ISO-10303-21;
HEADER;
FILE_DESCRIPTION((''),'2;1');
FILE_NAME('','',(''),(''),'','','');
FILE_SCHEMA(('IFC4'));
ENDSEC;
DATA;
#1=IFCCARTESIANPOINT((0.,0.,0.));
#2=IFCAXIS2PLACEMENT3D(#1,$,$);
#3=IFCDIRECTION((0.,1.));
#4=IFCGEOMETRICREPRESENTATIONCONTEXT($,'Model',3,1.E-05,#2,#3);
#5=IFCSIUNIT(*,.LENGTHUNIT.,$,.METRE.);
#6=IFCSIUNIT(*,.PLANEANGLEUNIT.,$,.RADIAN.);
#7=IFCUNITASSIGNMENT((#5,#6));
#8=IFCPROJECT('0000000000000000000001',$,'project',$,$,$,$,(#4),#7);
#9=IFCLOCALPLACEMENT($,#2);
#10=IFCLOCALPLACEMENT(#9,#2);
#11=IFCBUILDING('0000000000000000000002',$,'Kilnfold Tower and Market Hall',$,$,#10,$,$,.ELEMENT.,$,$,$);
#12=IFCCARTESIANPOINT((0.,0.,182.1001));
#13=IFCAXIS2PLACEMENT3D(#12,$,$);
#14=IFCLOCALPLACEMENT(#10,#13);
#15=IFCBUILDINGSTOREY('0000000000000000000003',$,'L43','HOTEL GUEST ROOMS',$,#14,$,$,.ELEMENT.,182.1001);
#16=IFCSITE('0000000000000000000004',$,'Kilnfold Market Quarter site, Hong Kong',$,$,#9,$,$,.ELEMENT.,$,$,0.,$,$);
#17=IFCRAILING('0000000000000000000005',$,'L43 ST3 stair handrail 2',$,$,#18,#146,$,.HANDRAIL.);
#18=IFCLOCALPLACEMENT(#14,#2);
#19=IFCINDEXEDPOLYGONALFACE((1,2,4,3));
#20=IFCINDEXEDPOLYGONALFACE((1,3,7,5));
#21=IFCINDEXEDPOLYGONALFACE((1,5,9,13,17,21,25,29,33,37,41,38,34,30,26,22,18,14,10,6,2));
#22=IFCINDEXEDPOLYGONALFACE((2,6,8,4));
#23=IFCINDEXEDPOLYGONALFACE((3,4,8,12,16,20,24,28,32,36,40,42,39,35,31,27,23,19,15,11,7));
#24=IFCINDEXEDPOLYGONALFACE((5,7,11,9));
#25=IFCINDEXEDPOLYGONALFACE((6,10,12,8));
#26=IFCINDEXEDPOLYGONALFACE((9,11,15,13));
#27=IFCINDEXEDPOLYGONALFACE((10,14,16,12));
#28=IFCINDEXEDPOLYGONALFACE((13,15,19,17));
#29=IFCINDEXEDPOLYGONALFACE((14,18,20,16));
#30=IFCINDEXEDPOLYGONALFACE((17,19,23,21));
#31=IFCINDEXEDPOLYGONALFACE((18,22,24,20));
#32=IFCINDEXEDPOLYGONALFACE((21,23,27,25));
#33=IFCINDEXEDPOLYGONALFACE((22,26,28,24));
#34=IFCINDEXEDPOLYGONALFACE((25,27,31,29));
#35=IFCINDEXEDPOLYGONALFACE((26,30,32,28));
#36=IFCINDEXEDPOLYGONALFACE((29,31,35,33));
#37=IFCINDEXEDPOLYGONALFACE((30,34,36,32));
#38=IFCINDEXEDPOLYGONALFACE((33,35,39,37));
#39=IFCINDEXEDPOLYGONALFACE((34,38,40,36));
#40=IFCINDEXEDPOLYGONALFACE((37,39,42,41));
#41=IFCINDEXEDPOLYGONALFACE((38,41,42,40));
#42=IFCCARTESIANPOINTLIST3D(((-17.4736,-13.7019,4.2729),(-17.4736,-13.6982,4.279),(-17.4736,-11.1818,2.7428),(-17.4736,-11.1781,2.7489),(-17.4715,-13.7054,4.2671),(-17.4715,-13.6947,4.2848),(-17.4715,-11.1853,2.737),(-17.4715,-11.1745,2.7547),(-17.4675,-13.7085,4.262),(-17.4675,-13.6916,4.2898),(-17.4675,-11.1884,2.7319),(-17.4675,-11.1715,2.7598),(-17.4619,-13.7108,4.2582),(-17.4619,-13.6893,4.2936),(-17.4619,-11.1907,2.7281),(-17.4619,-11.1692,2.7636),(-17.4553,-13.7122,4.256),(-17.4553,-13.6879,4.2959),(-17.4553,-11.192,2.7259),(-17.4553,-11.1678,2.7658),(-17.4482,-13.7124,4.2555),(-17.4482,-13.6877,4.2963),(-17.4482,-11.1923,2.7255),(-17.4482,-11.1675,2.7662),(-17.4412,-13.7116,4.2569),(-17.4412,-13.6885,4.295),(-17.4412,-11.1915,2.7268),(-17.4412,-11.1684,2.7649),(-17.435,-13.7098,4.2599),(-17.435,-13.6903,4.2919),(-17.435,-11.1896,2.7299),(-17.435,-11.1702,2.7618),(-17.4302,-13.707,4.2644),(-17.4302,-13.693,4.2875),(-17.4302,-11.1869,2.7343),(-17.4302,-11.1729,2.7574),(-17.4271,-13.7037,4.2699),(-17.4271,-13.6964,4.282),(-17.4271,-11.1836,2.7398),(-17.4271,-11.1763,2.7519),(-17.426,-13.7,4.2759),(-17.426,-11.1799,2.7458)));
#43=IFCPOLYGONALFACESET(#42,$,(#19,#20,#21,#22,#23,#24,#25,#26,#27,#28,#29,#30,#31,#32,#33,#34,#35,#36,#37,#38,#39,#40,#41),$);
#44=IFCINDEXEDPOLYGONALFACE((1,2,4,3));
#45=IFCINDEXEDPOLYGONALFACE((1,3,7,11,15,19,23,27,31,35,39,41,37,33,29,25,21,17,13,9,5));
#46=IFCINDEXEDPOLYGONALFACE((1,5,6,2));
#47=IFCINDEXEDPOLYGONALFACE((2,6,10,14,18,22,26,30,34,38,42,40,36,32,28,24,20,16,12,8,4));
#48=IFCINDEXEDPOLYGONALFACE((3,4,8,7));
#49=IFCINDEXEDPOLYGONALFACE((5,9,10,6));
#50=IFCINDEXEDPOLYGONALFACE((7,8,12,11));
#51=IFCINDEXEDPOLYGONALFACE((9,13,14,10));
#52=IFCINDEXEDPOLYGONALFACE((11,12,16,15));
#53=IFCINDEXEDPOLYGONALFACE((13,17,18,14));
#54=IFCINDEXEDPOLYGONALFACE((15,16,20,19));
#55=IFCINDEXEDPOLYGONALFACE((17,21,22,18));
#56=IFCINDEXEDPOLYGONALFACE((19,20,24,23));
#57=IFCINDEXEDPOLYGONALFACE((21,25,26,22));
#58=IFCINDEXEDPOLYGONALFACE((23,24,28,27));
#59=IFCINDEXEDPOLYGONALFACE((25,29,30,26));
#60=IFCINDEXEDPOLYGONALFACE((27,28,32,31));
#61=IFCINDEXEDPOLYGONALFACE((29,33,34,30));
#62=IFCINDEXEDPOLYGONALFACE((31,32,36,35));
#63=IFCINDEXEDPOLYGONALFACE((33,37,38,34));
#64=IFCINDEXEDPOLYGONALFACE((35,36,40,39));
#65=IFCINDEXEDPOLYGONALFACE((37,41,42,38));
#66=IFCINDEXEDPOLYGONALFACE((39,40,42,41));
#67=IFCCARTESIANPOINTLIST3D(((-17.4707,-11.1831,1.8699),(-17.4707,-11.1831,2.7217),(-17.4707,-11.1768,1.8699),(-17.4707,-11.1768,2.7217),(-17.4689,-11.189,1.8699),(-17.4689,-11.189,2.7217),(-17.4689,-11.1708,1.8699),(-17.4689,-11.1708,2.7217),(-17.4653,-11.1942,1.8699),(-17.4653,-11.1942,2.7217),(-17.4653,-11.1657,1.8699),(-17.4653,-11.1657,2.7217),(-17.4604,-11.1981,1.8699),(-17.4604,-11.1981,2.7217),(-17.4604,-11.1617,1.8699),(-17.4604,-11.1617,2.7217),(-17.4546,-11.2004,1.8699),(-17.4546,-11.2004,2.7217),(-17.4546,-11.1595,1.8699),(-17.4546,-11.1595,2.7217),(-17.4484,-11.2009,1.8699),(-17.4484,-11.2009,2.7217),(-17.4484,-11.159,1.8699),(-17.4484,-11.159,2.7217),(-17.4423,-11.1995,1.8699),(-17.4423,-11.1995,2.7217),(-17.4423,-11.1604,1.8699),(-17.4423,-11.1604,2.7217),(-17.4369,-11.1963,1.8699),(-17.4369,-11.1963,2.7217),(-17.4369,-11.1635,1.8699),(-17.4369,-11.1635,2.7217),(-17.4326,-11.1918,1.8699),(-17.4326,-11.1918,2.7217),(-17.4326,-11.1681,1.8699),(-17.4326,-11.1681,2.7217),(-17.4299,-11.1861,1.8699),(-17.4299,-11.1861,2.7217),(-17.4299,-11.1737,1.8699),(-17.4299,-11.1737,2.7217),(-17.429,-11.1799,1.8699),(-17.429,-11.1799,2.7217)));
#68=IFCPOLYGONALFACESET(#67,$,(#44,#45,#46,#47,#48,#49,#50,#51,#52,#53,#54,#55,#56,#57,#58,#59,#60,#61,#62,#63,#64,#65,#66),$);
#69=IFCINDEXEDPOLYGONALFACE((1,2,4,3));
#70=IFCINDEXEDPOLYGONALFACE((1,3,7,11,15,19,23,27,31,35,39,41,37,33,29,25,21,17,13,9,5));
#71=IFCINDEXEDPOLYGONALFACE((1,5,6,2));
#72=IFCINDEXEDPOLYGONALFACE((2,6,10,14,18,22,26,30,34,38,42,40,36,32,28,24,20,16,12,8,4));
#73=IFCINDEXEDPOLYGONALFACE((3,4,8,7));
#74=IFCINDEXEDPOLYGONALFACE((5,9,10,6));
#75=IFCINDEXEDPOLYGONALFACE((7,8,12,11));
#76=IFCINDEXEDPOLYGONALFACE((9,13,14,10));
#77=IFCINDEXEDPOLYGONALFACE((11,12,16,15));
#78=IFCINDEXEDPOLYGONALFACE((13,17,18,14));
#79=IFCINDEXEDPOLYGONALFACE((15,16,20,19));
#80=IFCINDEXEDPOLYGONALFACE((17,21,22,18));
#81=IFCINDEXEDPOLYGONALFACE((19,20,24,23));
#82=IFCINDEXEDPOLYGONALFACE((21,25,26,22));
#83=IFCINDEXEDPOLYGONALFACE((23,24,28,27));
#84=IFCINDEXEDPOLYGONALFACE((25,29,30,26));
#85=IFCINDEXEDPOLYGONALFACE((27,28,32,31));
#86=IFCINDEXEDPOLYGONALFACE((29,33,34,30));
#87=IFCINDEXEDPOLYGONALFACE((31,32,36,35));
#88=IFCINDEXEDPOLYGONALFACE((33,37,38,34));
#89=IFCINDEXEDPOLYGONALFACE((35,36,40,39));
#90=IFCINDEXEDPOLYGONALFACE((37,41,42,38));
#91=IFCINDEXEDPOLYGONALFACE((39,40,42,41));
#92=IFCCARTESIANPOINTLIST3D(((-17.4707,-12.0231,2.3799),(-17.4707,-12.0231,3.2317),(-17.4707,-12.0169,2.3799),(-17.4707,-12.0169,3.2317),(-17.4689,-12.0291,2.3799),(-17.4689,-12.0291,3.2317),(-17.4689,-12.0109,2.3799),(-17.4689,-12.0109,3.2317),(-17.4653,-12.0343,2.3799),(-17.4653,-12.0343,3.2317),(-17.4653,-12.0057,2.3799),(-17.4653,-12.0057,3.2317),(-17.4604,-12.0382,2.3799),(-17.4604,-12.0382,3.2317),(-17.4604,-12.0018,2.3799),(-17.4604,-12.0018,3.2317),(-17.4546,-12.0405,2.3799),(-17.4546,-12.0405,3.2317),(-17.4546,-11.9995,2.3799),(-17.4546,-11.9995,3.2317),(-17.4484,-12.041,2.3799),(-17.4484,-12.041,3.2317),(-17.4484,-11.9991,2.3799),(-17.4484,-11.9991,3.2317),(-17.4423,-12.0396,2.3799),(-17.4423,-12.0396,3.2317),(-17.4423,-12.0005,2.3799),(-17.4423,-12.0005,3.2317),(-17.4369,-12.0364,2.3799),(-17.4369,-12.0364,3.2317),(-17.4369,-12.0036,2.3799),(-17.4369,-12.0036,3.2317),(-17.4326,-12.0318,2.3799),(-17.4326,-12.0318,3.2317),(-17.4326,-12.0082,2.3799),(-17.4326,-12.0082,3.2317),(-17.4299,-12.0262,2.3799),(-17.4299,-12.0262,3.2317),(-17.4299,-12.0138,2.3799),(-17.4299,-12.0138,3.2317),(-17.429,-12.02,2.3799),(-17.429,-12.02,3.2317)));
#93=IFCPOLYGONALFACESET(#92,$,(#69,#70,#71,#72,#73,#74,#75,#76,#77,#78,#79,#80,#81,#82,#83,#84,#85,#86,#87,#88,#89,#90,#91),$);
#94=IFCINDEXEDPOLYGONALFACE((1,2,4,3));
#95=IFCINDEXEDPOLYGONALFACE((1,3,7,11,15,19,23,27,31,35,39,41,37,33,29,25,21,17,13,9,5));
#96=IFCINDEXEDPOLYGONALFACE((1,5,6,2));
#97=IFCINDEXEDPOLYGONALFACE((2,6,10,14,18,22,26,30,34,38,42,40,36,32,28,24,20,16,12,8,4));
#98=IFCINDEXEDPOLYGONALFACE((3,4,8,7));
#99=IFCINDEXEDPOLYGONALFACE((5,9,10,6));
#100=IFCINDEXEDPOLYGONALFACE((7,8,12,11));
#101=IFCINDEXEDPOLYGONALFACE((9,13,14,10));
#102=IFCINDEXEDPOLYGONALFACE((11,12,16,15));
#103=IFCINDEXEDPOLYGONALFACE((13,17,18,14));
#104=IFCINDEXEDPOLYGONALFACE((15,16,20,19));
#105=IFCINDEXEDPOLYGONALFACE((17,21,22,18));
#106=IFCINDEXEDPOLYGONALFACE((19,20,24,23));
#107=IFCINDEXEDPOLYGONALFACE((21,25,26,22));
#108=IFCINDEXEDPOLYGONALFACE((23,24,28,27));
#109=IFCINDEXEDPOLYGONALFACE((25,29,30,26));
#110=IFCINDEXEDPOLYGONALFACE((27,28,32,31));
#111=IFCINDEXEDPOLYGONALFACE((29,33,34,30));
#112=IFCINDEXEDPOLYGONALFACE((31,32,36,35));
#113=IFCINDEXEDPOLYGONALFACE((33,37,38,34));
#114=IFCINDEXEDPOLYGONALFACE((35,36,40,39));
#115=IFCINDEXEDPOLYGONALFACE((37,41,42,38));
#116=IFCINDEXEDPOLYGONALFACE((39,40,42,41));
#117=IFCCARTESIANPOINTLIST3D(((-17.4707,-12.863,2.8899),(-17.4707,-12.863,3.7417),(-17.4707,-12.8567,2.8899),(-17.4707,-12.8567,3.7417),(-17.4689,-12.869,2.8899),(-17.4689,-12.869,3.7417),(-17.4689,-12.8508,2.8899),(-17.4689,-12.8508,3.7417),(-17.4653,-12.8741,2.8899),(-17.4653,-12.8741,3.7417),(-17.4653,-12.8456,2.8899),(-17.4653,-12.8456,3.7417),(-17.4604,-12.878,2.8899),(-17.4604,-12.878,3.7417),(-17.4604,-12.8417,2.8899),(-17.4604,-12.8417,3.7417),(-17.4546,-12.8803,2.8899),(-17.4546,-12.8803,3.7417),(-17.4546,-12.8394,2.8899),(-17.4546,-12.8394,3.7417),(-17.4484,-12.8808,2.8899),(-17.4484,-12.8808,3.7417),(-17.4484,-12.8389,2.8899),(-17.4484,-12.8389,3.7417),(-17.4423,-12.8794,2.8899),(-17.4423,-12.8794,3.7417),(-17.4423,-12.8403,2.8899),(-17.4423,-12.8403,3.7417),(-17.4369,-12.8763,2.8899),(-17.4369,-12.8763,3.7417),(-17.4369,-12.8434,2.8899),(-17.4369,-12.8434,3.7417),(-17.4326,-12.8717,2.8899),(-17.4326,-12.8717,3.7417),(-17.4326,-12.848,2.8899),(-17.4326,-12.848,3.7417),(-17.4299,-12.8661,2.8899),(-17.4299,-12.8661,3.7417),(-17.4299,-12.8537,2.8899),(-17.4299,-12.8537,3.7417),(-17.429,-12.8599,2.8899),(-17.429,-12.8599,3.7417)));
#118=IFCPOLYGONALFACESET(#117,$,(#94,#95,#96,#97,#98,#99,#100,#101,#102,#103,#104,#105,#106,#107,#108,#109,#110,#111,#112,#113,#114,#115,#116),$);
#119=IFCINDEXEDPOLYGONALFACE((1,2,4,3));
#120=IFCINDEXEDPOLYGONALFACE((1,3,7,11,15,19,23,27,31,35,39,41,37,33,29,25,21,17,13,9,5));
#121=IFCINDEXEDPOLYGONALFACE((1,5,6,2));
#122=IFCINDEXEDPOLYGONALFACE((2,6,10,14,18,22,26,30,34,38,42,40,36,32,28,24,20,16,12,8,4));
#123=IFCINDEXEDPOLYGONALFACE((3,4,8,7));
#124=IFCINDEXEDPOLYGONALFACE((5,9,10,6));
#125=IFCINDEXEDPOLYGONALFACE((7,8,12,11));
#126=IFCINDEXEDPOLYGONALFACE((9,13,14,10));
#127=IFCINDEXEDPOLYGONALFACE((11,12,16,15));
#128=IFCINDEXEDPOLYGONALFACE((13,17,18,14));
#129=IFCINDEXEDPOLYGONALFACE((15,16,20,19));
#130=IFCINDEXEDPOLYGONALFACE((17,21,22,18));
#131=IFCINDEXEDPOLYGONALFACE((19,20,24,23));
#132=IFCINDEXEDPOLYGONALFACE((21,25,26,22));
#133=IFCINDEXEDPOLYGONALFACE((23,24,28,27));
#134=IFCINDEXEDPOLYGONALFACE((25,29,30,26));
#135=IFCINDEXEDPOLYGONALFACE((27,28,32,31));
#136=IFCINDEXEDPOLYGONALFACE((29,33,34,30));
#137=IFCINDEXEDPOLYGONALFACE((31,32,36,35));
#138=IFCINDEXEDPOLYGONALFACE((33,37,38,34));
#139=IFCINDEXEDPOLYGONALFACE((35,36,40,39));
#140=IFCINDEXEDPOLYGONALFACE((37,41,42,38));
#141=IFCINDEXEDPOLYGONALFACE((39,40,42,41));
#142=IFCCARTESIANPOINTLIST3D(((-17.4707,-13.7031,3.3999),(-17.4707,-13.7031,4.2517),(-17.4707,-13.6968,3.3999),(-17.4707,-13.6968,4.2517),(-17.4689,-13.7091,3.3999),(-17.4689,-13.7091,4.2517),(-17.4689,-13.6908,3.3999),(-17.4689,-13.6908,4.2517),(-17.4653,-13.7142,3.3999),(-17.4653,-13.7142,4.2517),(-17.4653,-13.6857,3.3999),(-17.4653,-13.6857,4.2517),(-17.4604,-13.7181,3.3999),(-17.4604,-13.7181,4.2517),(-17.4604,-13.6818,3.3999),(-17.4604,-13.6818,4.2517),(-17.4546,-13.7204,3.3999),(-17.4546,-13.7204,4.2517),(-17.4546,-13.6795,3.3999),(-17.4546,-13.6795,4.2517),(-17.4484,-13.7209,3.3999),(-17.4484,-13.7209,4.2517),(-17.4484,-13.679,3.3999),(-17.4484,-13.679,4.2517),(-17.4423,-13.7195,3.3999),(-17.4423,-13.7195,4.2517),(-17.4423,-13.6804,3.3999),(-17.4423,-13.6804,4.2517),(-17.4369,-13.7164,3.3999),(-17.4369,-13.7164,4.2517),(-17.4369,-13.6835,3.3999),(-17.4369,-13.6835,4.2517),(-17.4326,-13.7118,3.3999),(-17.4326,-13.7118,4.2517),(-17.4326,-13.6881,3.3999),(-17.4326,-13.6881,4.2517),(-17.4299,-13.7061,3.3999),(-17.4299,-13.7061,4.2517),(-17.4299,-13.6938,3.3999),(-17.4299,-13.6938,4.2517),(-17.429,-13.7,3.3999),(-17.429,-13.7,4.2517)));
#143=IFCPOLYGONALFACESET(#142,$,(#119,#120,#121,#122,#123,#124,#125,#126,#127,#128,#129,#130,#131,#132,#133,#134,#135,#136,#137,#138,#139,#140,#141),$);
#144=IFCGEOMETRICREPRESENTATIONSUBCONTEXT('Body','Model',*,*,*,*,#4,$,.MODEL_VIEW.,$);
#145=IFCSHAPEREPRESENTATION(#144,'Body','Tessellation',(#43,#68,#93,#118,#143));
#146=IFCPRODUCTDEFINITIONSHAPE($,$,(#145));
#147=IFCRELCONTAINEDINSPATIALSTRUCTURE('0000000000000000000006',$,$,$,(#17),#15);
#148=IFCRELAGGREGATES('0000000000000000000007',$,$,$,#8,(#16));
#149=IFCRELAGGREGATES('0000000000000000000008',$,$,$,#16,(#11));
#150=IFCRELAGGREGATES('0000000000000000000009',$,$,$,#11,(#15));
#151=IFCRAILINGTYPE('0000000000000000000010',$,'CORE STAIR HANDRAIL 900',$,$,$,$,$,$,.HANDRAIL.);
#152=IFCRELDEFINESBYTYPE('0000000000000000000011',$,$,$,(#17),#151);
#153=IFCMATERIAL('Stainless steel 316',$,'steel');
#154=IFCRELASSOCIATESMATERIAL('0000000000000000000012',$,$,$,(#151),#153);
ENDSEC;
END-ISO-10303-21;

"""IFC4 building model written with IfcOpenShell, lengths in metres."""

from ifc_helpers import new_model, si_unit, direction, frame, origin, origin_2d, place, context, subcontext, project, spatial, circle, extrude, material, type_object, element, save


model = new_model("IFC4")

# Units and contexts
model_context = context("Model", 3, precision=1e-05, world=origin(), true_north=direction((0.0, 1.0)))
body_context = subcontext(model_context, "Body", "Model", "MODEL_VIEW")
ifc_project = project(units=[si_unit("LENGTHUNIT", "METRE"), si_unit("PLANEANGLEUNIT", "RADIAN")], contexts=[model_context])

# Site, building, storey
site_placement = place(None, origin())
site = spatial("IfcSite", under=ifc_project, at=site_placement, Name="Kilnfold Market Quarter site, Hong Kong", CompositionType="ELEMENT", RefElevation=0.0)
building_placement = place(site_placement, origin())
building = spatial("IfcBuilding", under=site, at=building_placement, Name="Kilnfold Tower and Market Hall", CompositionType="ELEMENT")
storey_placement = place(building_placement, frame((0.0, 0.0, 182.1001)))
storey = spatial("IfcBuildingStorey", under=building, at=storey_placement, Name="L43", Description="HOTEL GUEST ROOMS", CompositionType="ELEMENT", Elevation=182.1001)

# Railing
ifc_material_1 = material(Name="Stainless steel 316", Category="steel")
railing_type_1 = type_object("IfcRailingType", Name="CORE STAIR HANDRAIL 900", PredefinedType="HANDRAIL", material=ifc_material_1)
railing_1_placement = place(storey_placement, frame((-17.45, -11.1799, 1.8699)))
element("IfcRailing", 1, at=railing_1_placement, inside=storey, type_object=railing_type_1, Name="L43 ST3 stair handrail 2", PredefinedType="HANDRAIL", context=body_context, shape_type="SweptSolid", body=[
    extrude(circle(Radius=0.0239, at=origin_2d()), frame((0.0, 0.0, 0.876), z_axis=(0.0, -0.854785, 0.518982), x_axis=(1.0, 0.0, 0.0)), (0.0, 0.0, 1.0), 2.9482),
    extrude(circle(Radius=0.021, at=origin_2d()), origin(), (0.0, 0.0, 1.0), 0.8518),
    extrude(circle(Radius=0.021, at=origin_2d()), frame((0.0, -0.8401, 0.51)), (0.0, 0.0, 1.0), 0.8518),
    extrude(circle(Radius=0.021, at=origin_2d()), frame((0.0, -1.6799, 1.02)), (0.0, 0.0, 1.0), 0.8518),
    extrude(circle(Radius=0.021, at=origin_2d()), frame((0.0, -2.52, 1.53)), (0.0, 0.0, 1.0), 0.8518),
])

save(model, "model.ifc")
